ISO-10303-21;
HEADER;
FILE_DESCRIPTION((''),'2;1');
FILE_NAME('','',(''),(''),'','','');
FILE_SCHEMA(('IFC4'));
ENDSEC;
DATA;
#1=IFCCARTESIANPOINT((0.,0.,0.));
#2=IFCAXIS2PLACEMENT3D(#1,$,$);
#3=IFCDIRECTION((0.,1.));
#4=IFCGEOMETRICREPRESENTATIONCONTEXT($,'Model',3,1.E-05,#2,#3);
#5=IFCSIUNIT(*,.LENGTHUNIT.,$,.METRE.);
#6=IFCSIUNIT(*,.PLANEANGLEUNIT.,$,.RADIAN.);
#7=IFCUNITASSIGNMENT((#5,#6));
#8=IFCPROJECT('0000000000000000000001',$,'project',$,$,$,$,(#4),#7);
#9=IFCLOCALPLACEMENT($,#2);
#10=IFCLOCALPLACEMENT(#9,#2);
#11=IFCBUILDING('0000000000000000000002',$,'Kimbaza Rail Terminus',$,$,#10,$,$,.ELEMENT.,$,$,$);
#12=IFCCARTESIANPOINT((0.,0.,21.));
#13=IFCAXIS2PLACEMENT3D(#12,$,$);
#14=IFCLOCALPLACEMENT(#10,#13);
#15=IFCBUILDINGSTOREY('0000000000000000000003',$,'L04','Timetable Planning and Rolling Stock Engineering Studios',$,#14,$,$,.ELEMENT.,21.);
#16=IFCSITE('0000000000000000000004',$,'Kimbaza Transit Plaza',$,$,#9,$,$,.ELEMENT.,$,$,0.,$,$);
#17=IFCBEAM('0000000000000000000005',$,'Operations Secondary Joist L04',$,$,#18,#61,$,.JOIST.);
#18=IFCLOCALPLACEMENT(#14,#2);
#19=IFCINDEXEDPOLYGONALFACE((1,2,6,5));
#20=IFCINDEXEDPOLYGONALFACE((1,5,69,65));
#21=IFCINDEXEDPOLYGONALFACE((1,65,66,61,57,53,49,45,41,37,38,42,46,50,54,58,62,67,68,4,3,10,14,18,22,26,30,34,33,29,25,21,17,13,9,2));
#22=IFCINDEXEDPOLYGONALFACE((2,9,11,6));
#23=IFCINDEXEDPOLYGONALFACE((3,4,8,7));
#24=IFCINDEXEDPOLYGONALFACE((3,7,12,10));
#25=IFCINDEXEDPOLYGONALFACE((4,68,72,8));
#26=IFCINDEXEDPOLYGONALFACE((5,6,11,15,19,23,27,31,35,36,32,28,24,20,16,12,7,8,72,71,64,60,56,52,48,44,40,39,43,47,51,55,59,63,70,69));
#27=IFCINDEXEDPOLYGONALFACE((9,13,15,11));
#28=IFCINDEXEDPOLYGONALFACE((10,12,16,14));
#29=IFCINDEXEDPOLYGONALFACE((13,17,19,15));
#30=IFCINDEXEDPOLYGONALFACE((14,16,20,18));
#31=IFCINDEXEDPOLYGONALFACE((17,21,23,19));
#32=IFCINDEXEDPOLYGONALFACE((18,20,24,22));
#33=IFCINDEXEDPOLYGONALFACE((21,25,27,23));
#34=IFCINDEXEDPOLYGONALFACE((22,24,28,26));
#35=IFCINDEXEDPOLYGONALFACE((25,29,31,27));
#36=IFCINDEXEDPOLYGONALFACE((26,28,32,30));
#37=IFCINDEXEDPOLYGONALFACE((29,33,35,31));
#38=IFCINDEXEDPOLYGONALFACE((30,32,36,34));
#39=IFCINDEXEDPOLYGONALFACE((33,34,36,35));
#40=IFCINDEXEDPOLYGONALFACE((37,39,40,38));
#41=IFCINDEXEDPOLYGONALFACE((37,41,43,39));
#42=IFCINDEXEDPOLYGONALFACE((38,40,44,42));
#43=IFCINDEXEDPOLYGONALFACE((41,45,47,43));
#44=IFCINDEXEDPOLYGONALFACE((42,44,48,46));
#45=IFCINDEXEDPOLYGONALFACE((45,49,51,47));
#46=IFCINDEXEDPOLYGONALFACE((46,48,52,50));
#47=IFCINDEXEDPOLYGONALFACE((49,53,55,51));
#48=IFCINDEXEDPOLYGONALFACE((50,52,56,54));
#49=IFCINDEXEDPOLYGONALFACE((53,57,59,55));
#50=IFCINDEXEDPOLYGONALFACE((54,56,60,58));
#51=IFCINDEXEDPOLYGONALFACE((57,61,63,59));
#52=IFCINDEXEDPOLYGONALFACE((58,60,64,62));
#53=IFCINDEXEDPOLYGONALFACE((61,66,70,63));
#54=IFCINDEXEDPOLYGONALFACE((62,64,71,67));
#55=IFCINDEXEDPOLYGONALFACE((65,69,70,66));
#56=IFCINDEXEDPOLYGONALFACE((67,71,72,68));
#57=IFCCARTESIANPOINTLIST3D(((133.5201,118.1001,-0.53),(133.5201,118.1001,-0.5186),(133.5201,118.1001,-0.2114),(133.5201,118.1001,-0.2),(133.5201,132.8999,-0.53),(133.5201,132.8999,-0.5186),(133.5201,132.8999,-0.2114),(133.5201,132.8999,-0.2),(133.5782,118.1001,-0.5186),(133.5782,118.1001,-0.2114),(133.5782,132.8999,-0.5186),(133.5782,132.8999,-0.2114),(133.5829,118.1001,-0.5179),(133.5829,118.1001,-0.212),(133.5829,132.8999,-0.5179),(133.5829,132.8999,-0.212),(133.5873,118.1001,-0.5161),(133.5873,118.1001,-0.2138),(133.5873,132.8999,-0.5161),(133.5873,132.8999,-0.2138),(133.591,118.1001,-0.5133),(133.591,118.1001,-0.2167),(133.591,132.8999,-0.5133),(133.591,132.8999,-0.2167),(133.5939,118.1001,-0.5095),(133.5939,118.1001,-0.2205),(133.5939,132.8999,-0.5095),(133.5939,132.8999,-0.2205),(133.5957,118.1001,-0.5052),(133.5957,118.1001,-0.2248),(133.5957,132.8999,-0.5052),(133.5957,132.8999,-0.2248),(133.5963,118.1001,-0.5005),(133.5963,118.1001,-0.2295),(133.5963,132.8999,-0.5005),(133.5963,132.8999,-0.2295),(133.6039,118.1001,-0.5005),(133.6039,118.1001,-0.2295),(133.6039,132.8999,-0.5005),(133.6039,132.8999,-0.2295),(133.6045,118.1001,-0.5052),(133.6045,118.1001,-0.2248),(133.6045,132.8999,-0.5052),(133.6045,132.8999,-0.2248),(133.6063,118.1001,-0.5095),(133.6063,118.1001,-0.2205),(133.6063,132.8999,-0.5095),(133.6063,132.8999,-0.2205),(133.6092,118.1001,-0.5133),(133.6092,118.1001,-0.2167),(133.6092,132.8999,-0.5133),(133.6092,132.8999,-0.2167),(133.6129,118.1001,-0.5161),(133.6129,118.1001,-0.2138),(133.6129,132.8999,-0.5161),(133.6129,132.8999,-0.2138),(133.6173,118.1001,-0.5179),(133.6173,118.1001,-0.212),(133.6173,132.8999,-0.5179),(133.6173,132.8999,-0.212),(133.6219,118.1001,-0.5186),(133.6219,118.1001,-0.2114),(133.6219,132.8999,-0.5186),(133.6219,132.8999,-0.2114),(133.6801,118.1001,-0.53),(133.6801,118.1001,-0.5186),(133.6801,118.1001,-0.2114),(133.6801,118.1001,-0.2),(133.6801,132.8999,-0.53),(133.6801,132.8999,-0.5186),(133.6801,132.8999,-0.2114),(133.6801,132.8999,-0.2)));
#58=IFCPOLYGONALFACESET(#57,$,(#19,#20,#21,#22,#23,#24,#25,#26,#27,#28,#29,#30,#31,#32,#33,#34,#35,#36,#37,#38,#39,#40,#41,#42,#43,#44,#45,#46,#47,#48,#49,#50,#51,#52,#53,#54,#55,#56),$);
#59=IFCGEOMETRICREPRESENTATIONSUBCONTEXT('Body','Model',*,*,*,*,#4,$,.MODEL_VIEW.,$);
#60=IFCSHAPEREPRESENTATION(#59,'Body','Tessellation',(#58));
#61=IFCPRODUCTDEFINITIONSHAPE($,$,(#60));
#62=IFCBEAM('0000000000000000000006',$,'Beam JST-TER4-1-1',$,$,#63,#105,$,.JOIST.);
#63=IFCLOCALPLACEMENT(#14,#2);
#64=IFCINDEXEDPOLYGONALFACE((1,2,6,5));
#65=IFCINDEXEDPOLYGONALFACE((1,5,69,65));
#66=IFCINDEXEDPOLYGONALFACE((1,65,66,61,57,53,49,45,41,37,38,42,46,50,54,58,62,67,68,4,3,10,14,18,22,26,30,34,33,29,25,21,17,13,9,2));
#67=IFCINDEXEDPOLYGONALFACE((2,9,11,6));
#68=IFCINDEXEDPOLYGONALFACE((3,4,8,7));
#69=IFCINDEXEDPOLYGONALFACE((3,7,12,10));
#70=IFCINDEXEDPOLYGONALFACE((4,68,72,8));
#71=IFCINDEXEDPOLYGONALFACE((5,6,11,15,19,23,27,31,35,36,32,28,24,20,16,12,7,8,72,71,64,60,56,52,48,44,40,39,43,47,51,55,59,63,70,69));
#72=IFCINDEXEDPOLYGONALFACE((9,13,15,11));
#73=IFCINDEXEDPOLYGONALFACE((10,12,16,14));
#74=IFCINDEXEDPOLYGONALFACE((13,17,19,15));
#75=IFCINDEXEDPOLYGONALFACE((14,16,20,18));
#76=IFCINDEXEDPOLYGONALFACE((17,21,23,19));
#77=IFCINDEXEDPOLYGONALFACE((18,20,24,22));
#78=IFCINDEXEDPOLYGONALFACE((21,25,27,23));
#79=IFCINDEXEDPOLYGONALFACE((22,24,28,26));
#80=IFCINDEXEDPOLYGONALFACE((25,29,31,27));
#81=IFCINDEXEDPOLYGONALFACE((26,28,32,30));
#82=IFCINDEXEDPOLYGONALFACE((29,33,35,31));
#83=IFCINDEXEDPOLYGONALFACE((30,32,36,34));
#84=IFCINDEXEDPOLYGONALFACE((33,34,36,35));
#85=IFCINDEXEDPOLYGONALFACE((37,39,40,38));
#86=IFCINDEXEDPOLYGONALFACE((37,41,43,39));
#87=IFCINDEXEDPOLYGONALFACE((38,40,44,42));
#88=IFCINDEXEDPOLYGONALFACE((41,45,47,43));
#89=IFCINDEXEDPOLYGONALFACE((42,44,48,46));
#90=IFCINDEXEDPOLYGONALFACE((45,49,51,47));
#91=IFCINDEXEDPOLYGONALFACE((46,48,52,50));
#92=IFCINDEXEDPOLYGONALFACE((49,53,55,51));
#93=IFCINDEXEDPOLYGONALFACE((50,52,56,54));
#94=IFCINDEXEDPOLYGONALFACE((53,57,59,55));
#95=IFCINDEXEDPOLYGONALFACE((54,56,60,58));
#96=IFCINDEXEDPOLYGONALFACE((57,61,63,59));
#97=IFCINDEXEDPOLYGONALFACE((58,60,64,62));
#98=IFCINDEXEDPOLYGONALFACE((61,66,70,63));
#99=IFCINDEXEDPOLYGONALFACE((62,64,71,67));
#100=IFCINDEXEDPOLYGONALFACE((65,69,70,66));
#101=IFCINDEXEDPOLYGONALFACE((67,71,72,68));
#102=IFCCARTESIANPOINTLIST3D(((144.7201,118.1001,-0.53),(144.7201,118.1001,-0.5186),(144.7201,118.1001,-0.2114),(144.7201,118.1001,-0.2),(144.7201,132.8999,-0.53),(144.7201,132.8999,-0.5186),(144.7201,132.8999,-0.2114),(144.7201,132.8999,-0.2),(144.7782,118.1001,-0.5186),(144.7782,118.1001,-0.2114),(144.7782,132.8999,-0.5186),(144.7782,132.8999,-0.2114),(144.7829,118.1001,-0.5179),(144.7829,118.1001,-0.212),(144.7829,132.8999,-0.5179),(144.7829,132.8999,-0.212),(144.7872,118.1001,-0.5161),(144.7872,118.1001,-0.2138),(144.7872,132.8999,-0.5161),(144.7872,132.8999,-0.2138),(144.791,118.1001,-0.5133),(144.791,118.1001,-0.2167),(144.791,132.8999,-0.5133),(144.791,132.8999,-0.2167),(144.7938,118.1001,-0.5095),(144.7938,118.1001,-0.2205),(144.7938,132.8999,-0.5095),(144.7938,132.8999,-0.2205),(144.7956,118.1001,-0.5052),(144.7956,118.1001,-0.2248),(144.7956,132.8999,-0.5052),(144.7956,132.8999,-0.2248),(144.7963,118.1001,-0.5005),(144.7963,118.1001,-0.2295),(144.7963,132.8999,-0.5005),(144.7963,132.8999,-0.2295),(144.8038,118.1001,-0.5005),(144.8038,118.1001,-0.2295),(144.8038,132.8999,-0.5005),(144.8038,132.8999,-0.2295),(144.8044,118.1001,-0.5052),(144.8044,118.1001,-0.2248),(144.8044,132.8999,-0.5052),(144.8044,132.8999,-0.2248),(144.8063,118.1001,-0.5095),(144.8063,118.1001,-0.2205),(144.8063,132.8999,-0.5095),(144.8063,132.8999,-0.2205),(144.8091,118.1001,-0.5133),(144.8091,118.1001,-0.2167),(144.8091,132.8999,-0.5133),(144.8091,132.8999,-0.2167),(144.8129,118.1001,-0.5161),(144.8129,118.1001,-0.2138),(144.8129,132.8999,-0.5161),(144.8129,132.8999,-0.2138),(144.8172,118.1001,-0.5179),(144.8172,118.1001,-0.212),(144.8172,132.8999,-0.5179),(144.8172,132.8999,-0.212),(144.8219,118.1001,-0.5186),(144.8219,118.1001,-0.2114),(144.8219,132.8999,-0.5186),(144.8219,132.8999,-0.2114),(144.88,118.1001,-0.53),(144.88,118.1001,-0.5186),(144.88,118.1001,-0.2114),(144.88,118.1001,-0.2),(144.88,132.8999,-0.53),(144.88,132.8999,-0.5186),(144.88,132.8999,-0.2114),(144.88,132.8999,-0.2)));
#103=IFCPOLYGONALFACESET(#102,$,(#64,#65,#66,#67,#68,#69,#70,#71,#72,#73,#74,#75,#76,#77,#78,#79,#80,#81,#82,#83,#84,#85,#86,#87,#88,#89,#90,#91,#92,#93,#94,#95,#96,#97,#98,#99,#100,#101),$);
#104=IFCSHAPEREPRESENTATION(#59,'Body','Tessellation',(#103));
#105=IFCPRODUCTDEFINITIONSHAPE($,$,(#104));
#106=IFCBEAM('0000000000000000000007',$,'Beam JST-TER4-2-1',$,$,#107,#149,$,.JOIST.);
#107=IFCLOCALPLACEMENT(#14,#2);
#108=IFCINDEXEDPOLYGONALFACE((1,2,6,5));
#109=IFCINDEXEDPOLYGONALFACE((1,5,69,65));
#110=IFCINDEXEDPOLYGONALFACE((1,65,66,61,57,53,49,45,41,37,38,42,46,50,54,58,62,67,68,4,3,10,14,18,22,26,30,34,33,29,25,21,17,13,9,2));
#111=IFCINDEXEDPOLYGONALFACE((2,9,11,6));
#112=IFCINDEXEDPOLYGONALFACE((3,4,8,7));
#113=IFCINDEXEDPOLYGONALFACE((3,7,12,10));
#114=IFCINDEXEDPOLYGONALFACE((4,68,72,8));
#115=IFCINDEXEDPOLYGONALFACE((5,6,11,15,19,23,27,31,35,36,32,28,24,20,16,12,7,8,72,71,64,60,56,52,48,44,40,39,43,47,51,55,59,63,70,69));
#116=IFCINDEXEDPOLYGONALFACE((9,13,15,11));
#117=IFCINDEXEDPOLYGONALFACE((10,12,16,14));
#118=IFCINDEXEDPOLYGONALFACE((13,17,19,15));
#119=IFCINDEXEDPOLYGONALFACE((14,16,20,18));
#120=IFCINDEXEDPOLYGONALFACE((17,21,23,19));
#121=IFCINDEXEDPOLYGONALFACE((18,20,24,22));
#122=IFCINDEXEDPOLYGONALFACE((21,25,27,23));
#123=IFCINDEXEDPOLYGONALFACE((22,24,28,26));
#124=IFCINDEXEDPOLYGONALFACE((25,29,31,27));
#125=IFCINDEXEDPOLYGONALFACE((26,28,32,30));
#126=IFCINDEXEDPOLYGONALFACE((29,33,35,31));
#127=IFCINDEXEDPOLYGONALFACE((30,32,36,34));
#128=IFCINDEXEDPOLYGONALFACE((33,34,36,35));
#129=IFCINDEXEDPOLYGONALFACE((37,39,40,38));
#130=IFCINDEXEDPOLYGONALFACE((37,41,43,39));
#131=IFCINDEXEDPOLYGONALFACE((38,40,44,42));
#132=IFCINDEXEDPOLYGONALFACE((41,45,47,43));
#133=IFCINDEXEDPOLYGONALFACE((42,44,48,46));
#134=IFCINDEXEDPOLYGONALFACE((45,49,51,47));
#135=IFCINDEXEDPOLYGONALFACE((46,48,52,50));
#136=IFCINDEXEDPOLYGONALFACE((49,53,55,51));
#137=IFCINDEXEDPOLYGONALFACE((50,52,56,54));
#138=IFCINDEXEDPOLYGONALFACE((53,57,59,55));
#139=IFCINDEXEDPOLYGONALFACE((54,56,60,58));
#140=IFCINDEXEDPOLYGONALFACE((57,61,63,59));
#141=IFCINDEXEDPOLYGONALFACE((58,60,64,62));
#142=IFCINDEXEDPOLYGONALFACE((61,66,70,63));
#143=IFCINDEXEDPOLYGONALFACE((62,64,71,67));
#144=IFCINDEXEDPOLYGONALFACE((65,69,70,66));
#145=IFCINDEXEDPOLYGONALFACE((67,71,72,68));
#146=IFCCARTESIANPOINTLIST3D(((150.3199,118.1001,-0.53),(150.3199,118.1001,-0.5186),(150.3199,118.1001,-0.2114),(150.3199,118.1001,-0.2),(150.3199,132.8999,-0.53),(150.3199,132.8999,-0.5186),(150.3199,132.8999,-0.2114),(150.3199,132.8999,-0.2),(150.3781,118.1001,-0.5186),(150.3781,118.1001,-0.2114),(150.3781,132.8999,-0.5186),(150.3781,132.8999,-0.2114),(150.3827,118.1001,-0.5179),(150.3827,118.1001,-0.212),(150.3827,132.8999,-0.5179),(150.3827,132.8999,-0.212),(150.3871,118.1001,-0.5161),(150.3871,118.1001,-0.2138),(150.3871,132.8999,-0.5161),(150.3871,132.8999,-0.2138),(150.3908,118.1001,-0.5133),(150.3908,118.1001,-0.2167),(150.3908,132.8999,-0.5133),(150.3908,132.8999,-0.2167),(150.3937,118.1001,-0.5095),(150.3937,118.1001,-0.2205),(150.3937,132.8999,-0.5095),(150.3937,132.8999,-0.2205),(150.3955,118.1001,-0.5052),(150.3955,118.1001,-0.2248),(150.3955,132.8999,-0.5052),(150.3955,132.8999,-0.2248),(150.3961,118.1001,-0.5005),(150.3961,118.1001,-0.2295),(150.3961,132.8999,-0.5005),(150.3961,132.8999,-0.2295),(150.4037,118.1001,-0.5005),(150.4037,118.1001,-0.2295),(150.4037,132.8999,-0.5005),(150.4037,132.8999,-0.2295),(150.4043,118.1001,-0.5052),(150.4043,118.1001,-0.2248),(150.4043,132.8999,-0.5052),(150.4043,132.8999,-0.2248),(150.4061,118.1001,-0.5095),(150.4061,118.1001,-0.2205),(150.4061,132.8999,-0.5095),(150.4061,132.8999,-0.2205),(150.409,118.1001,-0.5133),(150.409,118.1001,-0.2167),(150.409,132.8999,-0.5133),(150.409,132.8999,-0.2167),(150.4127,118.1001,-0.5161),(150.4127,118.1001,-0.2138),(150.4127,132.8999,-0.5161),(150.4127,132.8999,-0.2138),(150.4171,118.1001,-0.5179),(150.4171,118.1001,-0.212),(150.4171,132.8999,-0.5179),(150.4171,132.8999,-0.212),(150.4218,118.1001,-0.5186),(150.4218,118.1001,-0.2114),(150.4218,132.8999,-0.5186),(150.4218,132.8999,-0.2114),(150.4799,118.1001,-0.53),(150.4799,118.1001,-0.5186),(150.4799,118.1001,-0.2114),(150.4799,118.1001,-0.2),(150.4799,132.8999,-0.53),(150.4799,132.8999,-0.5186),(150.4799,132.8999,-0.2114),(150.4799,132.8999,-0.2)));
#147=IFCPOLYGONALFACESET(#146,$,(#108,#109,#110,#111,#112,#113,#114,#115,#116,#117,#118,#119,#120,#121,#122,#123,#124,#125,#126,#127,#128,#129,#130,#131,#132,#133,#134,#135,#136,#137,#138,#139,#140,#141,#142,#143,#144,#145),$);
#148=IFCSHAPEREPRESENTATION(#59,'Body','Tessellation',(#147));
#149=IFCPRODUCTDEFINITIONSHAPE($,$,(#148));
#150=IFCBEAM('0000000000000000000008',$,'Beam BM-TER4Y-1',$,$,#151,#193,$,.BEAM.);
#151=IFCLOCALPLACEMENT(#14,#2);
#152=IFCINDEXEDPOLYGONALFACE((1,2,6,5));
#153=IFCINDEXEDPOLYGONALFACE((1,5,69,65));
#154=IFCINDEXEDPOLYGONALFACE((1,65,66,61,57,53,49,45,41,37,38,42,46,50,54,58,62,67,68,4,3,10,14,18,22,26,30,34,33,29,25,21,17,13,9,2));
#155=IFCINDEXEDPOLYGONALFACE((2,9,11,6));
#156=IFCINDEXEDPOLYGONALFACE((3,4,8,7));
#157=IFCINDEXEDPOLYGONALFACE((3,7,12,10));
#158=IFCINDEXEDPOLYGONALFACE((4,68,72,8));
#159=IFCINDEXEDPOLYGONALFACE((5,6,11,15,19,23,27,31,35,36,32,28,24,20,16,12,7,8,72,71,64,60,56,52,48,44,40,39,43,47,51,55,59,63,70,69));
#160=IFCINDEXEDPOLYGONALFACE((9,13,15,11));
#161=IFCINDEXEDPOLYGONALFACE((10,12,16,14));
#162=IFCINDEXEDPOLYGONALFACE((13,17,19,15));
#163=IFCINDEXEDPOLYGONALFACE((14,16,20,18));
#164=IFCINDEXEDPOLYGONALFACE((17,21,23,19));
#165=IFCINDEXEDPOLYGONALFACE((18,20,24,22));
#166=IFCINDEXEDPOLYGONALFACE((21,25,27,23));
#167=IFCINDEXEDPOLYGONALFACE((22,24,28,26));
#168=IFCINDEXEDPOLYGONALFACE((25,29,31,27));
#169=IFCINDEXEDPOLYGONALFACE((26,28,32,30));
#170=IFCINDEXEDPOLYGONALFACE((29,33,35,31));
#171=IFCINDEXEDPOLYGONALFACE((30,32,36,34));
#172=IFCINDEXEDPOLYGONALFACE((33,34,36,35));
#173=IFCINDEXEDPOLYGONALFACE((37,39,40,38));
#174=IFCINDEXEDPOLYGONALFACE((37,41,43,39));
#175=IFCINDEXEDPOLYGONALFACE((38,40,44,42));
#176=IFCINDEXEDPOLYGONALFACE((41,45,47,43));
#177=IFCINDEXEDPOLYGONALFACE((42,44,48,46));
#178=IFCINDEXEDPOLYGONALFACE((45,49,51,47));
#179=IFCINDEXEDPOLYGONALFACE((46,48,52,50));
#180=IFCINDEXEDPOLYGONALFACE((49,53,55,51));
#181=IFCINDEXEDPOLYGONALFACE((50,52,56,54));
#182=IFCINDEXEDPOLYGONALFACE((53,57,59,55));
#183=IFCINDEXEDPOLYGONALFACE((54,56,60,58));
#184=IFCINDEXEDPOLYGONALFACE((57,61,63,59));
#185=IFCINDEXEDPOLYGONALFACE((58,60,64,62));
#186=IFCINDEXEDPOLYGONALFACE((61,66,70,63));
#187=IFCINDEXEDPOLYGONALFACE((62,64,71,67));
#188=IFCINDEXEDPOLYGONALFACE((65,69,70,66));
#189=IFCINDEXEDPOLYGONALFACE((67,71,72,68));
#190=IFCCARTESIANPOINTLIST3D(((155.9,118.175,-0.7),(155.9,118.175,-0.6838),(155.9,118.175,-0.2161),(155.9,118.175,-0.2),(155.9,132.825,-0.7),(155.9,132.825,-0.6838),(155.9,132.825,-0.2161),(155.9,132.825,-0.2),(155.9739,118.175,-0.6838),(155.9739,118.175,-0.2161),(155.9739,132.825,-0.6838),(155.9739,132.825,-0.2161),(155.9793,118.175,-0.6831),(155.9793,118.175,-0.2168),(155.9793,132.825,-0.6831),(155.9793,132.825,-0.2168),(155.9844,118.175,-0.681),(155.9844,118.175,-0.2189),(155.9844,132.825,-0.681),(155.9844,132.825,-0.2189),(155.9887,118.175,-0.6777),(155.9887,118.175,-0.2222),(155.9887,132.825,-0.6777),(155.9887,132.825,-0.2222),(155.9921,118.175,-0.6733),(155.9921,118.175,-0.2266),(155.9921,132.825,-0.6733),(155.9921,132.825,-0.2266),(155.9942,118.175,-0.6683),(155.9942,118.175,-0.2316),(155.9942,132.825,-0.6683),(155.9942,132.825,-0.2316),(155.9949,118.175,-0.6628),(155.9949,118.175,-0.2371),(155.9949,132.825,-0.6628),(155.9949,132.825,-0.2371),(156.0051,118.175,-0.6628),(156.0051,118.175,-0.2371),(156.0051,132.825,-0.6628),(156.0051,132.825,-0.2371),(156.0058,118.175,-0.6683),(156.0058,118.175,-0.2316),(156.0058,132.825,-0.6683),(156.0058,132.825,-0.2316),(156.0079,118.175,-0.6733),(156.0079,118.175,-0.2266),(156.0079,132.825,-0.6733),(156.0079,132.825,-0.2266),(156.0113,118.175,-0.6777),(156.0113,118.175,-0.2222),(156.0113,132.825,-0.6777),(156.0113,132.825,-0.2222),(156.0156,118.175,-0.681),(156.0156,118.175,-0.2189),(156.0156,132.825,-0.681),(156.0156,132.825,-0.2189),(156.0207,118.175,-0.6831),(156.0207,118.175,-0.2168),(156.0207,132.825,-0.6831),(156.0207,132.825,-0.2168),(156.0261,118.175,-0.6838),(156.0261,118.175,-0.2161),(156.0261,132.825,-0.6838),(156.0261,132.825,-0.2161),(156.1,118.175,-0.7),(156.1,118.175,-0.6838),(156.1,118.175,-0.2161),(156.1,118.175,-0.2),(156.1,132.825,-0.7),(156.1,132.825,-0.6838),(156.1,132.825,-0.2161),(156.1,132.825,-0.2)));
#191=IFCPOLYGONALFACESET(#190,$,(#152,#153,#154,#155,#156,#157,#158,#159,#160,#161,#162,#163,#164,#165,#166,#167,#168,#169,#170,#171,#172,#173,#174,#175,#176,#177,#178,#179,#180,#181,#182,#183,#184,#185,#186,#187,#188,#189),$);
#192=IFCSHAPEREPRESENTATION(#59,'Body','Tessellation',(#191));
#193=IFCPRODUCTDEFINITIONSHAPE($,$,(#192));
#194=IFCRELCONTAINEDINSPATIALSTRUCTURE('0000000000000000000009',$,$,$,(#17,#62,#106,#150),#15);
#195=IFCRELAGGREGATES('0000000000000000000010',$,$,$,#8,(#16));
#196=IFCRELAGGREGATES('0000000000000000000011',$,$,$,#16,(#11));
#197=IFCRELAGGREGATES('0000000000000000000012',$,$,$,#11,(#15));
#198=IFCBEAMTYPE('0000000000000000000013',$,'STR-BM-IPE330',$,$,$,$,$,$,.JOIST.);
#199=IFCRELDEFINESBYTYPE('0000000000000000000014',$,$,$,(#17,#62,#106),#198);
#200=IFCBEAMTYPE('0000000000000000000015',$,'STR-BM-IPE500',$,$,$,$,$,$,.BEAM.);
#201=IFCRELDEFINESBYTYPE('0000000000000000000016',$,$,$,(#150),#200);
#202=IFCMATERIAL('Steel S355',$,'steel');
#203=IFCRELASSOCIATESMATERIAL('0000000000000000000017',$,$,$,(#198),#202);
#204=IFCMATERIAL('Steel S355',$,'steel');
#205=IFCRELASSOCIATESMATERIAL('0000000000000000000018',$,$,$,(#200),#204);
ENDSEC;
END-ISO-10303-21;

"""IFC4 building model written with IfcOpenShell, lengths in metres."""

from ifc_helpers import new_model, si_unit, direction, frame, origin, origin_2d, place, context, subcontext, project, spatial, i_section, extrude, material, material_profile, profile_set, type_object, element, save


model = new_model("IFC4")

# Units and contexts
model_context = context("Model", 3, precision=1e-05, world=origin(), true_north=direction((0.0, 1.0)))
body_context = subcontext(model_context, "Body", "Model", "MODEL_VIEW")
ifc_project = project(units=[si_unit("LENGTHUNIT", "METRE"), si_unit("PLANEANGLEUNIT", "RADIAN")], contexts=[model_context])

# Site, building, storey
site_placement = place(None, origin())
site = spatial("IfcSite", under=ifc_project, at=site_placement, Name="Kimbaza Transit Plaza", CompositionType="ELEMENT", RefElevation=0.0)
building_placement = place(site_placement, origin())
building = spatial("IfcBuilding", under=site, at=building_placement, Name="Kimbaza Rail Terminus", CompositionType="ELEMENT")
storey_placement = place(building_placement, frame((0.0, 0.0, 21.0)))
storey = spatial("IfcBuildingStorey", under=building, at=storey_placement, Name="L04", Description="Timetable Planning and Rolling Stock Engineering Studios", CompositionType="ELEMENT", Elevation=21.0)

# Beams
ifc_material_1 = material(Name="Steel S355", Category="steel")
ifc_material_profile_1 = material_profile(ifc_material_1, i_section(OverallWidth=0.1599, OverallDepth=0.3301, WebThickness=0.0076, FlangeThickness=0.0115, FilletRadius=0.0181, at=origin_2d()), Name="IPE 330")
ifc_profile_set_1 = profile_set([ifc_material_profile_1], Name="Steel S355")
beam_type_1 = type_object("IfcBeamType", Name="STR-BM-IPE330", PredefinedType="JOIST", material=ifc_profile_set_1)
for number, where, z_axis, x_axis, name in (
    (1, (133.6001, 118.1001, -0.365), (0.0, 1.0, 0.0), (-1.0, 0.0, 0.0), "Operations Secondary Joist L04"),
    (2, (144.8, 118.1001, -0.365), (0.0, 1.0, 0.0), (-1.0, 0.0, 0.0), "Beam JST-TER4-1-1"),
    (3, (150.3999, 118.1001, -0.365), (0.0, 1.0, 0.0), (-1.0, 0.0, 0.0), "Beam JST-TER4-2-1"),
):
    element("IfcBeam", number, at=place(storey_placement, frame(where, z_axis=z_axis, x_axis=x_axis)), inside=storey, type_object=beam_type_1, Name=name, PredefinedType="JOIST", context=body_context, shape_type="SweptSolid", body=[
        extrude(i_section(OverallWidth=0.1599, OverallDepth=0.3301, WebThickness=0.0076, FlangeThickness=0.0115, FilletRadius=0.0181, at=origin_2d()), origin(), (0.0, 0.0, 1.0), 14.7998),
    ])
ifc_material_2 = material(Name="Steel S355", Category="steel")
ifc_material_profile_2 = material_profile(ifc_material_2, i_section(OverallWidth=0.2, OverallDepth=0.5, WebThickness=0.0103, FlangeThickness=0.0161, FilletRadius=0.021, at=origin_2d()), Name="IPE 500")
ifc_profile_set_2 = profile_set([ifc_material_profile_2], Name="Steel S355")
beam_type_2 = type_object("IfcBeamType", Name="STR-BM-IPE500", PredefinedType="BEAM", material=ifc_profile_set_2)
beam_1_placement = place(storey_placement, frame((156.0, 118.175, -0.45), z_axis=(0.0, 1.0, 0.0), x_axis=(-1.0, 0.0, 0.0)))
element("IfcBeam", 4, at=beam_1_placement, inside=storey, type_object=beam_type_2, Name="Beam BM-TER4Y-1", PredefinedType="BEAM", context=body_context, shape_type="SweptSolid", body=[
    extrude(i_section(OverallWidth=0.2, OverallDepth=0.5, WebThickness=0.0103, FlangeThickness=0.0161, FilletRadius=0.021, at=origin_2d()), origin(), (0.0, 0.0, 1.0), 14.6499),
])

save(model, "model.ifc")
